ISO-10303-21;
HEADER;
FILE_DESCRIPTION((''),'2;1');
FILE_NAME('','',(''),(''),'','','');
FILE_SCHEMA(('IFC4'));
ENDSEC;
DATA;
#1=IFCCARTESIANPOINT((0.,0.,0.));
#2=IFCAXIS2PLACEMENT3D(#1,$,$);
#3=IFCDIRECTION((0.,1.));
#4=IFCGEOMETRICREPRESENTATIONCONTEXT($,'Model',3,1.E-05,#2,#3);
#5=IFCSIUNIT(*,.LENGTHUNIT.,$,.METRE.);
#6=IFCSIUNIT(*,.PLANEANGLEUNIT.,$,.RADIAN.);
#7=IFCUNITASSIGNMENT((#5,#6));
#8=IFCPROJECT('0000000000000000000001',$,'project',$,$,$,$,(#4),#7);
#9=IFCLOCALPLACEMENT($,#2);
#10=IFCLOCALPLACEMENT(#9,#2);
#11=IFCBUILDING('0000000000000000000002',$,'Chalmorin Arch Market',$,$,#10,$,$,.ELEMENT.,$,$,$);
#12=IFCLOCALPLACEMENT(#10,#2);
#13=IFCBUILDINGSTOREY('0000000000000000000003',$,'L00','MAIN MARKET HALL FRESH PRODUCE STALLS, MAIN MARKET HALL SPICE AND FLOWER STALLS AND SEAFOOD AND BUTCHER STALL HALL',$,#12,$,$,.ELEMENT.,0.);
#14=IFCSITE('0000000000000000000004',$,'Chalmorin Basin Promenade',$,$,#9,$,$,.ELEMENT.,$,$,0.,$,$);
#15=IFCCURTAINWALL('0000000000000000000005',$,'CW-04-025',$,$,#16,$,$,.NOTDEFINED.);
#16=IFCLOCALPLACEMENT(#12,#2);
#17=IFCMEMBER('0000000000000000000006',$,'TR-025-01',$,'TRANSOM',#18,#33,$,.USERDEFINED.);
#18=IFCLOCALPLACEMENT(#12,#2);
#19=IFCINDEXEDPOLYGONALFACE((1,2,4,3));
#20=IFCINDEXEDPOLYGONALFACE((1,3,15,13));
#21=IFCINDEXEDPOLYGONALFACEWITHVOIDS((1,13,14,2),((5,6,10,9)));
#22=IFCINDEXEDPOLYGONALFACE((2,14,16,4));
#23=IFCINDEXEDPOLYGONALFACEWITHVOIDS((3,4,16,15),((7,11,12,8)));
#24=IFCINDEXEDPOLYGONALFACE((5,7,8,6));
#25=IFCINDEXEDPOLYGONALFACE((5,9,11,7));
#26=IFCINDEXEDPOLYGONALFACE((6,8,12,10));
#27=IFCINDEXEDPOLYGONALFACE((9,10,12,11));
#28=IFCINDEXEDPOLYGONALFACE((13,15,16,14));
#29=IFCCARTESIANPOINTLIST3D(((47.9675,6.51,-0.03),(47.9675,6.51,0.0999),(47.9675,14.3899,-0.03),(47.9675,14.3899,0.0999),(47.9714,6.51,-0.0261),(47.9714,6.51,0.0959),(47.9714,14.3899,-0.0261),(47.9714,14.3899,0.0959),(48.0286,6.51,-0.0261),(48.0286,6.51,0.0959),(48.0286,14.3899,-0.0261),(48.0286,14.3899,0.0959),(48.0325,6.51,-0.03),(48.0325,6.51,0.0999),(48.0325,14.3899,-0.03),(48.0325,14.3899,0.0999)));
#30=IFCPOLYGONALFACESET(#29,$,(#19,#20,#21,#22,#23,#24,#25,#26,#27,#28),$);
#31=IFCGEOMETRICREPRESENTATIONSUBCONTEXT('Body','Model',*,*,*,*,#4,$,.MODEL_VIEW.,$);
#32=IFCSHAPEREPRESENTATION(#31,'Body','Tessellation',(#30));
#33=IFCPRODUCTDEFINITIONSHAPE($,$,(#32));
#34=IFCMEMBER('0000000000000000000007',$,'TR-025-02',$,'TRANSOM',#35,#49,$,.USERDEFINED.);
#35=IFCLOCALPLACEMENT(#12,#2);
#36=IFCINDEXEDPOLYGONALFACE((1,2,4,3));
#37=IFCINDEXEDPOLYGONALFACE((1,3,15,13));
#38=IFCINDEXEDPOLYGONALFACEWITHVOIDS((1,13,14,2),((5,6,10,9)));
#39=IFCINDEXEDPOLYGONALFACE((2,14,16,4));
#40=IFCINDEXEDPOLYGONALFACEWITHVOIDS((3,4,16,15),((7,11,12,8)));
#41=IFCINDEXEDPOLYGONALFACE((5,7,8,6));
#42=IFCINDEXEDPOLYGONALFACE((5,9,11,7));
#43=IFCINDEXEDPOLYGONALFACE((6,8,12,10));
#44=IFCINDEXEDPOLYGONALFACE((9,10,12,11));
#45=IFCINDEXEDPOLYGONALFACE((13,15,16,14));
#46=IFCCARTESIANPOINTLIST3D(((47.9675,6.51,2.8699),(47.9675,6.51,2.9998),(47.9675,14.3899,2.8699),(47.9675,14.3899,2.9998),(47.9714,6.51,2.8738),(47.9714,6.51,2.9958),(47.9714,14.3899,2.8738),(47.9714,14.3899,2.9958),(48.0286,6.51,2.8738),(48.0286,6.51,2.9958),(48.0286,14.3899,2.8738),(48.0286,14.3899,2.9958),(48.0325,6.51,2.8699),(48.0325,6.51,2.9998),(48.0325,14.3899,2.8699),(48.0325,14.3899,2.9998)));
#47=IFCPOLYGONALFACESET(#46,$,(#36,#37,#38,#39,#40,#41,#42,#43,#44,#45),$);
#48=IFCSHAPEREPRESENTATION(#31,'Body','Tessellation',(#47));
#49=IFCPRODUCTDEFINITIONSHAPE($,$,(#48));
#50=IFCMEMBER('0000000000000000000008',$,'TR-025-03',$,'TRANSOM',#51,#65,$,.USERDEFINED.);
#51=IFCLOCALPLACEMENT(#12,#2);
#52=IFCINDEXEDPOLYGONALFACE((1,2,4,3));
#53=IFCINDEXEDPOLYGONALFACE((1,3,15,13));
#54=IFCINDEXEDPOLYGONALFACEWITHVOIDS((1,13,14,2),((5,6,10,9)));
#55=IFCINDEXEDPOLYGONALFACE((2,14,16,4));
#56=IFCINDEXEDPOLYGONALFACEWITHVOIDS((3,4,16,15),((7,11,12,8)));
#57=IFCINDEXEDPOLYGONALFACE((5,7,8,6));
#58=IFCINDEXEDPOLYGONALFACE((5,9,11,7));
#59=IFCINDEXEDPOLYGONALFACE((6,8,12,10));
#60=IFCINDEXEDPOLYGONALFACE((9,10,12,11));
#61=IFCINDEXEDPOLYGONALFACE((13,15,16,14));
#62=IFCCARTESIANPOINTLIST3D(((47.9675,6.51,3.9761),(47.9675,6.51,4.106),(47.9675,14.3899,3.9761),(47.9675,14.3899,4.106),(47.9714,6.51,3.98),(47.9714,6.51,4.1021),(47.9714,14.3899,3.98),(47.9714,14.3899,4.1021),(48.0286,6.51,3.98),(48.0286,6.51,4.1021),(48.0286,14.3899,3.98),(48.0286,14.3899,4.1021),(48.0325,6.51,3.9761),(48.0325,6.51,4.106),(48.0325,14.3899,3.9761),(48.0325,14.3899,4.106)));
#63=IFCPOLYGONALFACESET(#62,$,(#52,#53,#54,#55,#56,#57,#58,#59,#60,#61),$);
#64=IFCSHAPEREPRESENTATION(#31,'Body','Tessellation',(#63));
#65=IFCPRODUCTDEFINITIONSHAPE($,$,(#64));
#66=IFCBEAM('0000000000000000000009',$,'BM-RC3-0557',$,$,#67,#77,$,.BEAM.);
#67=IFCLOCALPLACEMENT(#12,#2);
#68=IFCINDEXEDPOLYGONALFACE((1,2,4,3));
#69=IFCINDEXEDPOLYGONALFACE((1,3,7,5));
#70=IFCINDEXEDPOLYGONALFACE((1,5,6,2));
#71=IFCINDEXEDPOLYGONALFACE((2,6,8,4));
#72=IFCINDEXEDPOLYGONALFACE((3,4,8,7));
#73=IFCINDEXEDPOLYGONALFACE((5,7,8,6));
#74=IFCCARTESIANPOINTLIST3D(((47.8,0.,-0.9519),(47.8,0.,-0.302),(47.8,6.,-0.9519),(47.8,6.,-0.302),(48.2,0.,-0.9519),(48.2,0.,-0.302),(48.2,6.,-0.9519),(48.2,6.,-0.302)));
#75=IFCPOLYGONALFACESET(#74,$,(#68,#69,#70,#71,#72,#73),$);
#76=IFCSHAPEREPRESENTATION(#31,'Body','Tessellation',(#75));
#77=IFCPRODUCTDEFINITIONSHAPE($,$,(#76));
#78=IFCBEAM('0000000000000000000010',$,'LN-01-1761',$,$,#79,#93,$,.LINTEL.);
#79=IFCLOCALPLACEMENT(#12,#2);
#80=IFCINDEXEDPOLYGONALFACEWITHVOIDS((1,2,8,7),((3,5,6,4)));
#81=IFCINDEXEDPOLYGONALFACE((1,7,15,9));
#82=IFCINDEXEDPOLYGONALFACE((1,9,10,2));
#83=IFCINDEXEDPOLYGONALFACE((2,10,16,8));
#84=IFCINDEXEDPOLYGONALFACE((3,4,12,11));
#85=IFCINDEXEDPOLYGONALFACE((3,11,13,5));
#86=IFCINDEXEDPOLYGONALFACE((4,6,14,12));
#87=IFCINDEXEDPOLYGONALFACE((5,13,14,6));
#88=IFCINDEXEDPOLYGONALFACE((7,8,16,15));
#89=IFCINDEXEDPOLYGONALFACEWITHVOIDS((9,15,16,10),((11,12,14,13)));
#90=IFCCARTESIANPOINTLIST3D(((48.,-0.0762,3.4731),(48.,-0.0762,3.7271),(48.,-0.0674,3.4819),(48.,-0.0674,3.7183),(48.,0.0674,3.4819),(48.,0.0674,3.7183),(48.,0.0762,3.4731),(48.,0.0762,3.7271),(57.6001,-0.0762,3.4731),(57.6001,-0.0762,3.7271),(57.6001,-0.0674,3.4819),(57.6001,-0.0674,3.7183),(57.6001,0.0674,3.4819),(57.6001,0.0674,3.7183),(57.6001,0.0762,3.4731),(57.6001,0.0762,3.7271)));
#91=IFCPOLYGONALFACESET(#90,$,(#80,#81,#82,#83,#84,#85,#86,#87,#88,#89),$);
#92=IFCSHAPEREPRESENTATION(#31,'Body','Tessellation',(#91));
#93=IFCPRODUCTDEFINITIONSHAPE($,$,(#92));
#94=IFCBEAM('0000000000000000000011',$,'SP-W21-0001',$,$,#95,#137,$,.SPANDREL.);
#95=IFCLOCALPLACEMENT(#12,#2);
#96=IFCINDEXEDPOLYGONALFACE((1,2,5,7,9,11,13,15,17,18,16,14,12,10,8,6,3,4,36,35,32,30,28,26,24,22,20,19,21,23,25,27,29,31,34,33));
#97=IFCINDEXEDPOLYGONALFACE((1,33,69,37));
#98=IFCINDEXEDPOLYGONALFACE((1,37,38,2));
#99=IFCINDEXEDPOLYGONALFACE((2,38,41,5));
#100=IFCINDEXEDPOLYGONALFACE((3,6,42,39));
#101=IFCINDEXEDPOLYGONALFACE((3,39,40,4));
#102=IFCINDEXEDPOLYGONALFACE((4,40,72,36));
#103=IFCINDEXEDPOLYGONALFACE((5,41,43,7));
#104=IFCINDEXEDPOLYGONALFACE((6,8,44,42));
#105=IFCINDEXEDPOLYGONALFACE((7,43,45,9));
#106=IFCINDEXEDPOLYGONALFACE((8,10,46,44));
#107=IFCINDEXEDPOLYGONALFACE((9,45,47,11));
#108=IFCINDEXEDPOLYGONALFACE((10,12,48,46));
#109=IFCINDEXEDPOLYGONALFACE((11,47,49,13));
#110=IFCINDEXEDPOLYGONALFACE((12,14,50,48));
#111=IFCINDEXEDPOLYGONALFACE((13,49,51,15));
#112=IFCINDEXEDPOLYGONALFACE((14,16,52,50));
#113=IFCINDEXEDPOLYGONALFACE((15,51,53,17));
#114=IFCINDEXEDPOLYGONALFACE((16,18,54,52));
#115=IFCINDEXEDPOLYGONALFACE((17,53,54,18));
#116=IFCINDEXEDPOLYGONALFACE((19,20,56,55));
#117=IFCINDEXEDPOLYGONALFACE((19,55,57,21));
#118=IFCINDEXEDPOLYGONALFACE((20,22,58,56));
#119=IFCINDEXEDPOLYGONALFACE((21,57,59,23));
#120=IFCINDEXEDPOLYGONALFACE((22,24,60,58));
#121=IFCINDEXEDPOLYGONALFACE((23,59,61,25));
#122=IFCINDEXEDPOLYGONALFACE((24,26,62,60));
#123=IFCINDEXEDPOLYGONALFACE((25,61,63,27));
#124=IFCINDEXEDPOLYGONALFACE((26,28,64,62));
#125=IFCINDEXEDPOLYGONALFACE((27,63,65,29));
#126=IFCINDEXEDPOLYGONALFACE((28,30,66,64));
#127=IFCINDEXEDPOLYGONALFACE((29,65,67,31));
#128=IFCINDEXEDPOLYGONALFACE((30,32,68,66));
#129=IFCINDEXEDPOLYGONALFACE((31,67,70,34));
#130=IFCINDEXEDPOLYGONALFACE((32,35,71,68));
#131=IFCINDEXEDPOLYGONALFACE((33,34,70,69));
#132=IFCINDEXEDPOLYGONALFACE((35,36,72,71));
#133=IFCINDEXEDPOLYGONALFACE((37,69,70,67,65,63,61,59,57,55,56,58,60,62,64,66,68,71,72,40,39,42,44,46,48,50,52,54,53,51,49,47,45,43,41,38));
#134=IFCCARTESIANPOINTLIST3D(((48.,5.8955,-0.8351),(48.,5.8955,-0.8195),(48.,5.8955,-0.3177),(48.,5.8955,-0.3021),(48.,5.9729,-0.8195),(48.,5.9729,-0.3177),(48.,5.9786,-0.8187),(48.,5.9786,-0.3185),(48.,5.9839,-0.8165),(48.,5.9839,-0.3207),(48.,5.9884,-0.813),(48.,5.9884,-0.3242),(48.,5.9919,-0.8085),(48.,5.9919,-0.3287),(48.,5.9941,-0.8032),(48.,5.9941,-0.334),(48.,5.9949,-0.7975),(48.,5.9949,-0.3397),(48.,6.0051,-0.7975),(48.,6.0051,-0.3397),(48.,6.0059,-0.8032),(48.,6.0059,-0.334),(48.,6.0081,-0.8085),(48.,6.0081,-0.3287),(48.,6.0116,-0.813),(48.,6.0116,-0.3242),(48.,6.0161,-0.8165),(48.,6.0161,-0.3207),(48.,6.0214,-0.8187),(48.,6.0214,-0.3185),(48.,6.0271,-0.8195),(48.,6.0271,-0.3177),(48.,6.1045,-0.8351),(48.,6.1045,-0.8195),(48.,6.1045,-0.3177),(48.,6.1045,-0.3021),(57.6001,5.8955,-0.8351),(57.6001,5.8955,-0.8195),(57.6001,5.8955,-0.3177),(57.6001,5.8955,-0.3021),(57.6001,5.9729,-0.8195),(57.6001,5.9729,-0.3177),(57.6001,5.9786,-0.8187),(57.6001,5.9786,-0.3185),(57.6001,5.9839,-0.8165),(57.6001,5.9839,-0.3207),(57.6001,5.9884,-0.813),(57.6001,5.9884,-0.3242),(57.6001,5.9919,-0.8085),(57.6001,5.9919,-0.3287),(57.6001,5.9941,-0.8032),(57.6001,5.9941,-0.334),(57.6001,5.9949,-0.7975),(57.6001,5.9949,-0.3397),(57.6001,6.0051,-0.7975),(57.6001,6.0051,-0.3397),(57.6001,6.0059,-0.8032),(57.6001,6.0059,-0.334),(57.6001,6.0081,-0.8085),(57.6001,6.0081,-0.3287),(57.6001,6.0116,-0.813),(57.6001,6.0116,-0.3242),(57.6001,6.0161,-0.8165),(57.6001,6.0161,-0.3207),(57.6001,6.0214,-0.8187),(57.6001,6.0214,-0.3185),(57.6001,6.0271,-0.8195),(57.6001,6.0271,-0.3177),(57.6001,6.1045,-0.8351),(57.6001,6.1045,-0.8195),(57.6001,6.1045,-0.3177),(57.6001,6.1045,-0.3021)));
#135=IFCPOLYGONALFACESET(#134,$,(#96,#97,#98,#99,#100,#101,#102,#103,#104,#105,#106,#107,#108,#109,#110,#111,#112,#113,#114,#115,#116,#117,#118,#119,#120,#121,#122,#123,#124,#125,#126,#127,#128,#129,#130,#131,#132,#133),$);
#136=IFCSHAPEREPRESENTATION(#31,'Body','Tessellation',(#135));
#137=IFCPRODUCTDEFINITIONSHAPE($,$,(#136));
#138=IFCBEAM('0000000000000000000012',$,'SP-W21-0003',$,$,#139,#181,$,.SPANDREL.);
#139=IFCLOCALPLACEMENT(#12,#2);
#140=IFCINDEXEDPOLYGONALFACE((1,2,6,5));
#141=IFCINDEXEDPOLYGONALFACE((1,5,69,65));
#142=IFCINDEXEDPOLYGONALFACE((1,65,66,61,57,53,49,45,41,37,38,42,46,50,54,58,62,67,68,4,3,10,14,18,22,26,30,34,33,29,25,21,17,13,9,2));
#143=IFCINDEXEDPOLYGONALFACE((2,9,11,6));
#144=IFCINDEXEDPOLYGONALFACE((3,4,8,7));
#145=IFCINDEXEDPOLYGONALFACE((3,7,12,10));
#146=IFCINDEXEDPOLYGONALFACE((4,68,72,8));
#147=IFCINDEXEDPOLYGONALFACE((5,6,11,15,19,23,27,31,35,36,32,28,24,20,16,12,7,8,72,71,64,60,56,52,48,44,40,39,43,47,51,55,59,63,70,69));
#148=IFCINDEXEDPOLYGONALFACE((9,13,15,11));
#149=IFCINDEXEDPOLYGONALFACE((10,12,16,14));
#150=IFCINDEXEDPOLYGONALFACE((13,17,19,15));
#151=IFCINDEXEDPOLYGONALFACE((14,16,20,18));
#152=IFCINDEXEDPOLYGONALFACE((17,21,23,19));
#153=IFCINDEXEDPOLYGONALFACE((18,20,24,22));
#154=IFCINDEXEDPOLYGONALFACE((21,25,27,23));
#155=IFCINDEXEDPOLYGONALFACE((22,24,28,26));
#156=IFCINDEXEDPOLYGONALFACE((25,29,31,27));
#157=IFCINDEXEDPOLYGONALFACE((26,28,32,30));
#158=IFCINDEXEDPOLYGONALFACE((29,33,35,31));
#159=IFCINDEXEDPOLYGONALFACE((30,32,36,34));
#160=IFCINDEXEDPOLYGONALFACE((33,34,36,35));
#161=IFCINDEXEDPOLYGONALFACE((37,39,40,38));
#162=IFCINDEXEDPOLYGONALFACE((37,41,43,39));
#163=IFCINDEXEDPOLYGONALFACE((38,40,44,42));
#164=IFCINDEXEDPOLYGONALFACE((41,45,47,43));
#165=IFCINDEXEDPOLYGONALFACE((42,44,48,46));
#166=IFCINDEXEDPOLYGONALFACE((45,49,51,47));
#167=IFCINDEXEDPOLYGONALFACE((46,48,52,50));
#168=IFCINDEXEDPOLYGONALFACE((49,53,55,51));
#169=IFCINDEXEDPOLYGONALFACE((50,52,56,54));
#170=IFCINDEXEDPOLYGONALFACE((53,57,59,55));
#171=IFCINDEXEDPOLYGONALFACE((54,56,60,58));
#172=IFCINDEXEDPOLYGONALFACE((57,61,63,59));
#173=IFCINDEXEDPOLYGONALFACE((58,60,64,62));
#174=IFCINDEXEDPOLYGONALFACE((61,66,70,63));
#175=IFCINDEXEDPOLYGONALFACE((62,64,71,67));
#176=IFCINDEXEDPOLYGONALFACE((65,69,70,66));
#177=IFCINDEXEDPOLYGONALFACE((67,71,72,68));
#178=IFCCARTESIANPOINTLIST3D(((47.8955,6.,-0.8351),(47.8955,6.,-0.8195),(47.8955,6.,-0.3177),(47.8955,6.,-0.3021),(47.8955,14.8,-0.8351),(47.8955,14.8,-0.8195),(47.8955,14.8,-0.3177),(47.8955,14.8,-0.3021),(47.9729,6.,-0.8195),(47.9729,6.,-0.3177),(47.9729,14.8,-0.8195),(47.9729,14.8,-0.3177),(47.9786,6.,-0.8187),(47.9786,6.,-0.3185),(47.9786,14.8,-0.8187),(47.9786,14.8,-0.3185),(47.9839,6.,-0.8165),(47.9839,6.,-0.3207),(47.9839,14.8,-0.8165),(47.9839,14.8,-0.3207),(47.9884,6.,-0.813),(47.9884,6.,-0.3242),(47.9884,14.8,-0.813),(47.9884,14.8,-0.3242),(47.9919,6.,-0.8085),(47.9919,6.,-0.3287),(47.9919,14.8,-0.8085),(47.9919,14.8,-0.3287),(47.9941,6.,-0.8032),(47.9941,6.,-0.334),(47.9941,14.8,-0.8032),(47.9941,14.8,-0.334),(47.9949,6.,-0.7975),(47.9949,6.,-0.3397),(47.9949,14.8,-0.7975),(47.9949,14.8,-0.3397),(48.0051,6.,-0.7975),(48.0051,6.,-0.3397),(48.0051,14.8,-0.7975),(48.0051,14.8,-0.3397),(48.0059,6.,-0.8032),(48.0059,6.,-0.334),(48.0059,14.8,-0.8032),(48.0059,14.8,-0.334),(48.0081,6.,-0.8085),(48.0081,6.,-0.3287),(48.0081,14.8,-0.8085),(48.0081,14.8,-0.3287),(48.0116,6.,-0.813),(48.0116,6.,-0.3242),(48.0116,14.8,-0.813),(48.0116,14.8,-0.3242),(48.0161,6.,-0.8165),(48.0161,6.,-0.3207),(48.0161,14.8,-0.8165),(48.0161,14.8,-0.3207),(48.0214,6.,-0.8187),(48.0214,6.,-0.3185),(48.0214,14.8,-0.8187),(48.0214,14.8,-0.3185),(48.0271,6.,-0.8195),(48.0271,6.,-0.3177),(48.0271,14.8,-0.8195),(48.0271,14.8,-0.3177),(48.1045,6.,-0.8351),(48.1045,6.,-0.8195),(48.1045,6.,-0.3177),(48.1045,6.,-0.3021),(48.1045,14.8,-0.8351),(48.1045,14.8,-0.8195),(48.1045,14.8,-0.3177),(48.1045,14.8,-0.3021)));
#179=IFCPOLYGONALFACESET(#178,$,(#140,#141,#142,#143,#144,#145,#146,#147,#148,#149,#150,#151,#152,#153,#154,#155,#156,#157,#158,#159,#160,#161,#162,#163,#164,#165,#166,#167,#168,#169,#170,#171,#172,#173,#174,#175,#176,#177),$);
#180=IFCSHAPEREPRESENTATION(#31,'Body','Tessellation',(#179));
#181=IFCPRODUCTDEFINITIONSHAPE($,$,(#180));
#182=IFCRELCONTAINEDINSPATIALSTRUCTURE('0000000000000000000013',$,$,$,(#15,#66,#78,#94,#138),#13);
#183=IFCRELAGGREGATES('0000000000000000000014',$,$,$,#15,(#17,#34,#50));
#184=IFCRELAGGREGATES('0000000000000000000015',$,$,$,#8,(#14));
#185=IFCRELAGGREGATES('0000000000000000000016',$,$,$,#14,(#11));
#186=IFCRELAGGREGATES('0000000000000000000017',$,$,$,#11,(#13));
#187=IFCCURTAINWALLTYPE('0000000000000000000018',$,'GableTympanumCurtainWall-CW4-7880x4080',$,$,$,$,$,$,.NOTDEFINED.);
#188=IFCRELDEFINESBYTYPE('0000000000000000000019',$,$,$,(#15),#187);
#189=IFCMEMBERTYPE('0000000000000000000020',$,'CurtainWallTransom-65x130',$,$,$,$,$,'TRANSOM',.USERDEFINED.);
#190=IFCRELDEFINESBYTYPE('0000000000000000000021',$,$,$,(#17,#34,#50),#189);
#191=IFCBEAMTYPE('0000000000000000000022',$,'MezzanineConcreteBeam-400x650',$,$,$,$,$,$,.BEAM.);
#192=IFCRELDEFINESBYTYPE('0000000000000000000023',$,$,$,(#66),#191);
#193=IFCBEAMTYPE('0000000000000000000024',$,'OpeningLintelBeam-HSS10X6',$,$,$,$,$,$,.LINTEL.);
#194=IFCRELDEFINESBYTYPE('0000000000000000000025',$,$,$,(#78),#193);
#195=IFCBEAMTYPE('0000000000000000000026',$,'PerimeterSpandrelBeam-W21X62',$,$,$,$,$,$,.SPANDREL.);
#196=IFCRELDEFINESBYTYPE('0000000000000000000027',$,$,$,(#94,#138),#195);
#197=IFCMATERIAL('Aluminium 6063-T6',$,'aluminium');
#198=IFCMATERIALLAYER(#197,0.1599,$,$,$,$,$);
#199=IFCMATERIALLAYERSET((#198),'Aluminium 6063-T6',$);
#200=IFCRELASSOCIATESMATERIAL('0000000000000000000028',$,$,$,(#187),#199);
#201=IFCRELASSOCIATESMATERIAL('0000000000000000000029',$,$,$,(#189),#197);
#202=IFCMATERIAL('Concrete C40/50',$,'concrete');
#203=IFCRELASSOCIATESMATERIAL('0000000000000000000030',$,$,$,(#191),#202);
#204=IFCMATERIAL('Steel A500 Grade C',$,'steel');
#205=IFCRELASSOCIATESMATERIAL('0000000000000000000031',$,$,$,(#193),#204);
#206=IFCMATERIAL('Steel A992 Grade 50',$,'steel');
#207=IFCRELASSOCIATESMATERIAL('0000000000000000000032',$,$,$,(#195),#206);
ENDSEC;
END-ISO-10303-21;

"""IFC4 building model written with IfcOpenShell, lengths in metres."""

from ifc_helpers import new_model, si_unit, direction, frame, origin, origin_2d, place, context, subcontext, project, spatial, rectangle, hollow_rectangle, i_section, extrude, material, layer, layer_set, material_profile, profile_set, type_object, element, aggregate, save


model = new_model("IFC4")

# Units and contexts
model_context = context("Model", 3, precision=1e-05, world=origin(), true_north=direction((0.0, 1.0)))
body_context = subcontext(model_context, "Body", "Model", "MODEL_VIEW")
ifc_project = project(units=[si_unit("LENGTHUNIT", "METRE"), si_unit("PLANEANGLEUNIT", "RADIAN")], contexts=[model_context])

# Site, building, storey
site_placement = place(None, origin())
site = spatial("IfcSite", under=ifc_project, at=site_placement, Name="Chalmorin Basin Promenade", CompositionType="ELEMENT", RefElevation=0.0)
building_placement = place(site_placement, origin())
building = spatial("IfcBuilding", under=site, at=building_placement, Name="Chalmorin Arch Market", CompositionType="ELEMENT")
storey_placement = place(building_placement, origin())
storey = spatial("IfcBuildingStorey", under=building, at=storey_placement, Name="L00", Description="MAIN MARKET HALL FRESH PRODUCE STALLS, MAIN MARKET HALL SPICE AND FLOWER STALLS AND SEAFOOD AND BUTCHER STALL HALL", CompositionType="ELEMENT", Elevation=0.0)

# Shared definitions
ifc_material_1 = material(Name="Concrete C40/50", Category="concrete")

# Shared definitions
ifc_material_2 = material(Name="Steel A500 Grade C", Category="steel")

# Curtain wall, members
ifc_material_3 = material(Name="Aluminium 6063-T6", Category="aluminium")
ifc_layer_1 = layer(ifc_material_3, 0.1599)
ifc_layer_set_1 = layer_set([ifc_layer_1], Name="Aluminium 6063-T6")
curtain_wall_type = type_object("IfcCurtainWallType", Name="GableTympanumCurtainWall-CW4-7880x4080", PredefinedType="NOTDEFINED", material=ifc_layer_set_1)
curtain_wall_placement = place(storey_placement, origin())
curtain_wall = element("IfcCurtainWall", 1, at=curtain_wall_placement, inside=storey, type_object=curtain_wall_type, Name="CW-04-025", PredefinedType="NOTDEFINED")
ifc_material_profile_1 = material_profile(ifc_material_3, hollow_rectangle(XDim=0.0649, YDim=0.1299, WallThickness=0.0039, at=origin_2d()), Name="ALU65X130X4")
ifc_profile_set_1 = profile_set([ifc_material_profile_1], Name="Aluminium 6063-T6")
member_type_1 = type_object("IfcMemberType", Name="CurtainWallTransom-65x130", ElementType="TRANSOM", PredefinedType="USERDEFINED", material=ifc_profile_set_1)
member_1_placement = place(storey_placement, frame((48.0, 6.51, 0.0349), z_axis=(0.0, 1.0, 0.0), x_axis=(-1.0, 0.0, 0.0)))
member_1 = element("IfcMember", 2, at=member_1_placement, type_object=member_type_1, Name="TR-025-01", ObjectType="TRANSOM", PredefinedType="USERDEFINED", context=body_context, shape_type="SweptSolid", body=[
    extrude(hollow_rectangle(XDim=0.0649, YDim=0.1299, WallThickness=0.0039, at=origin_2d()), origin(), (0.0, 0.0, 1.0), 7.8799),
])
member_2_placement = place(storey_placement, frame((48.0, 6.51, 2.9348), z_axis=(0.0, 1.0, 0.0), x_axis=(-1.0, 0.0, 0.0)))
member_2 = element("IfcMember", 3, at=member_2_placement, type_object=member_type_1, Name="TR-025-02", ObjectType="TRANSOM", PredefinedType="USERDEFINED", context=body_context, shape_type="SweptSolid", body=[
    extrude(hollow_rectangle(XDim=0.0649, YDim=0.1299, WallThickness=0.0039, at=origin_2d()), origin(), (0.0, 0.0, 1.0), 7.8799),
])
member_3_placement = place(storey_placement, frame((48.0, 6.51, 4.041), z_axis=(0.0, 1.0, 0.0), x_axis=(-1.0, 0.0, 0.0)))
member_3 = element("IfcMember", 4, at=member_3_placement, type_object=member_type_1, Name="TR-025-03", ObjectType="TRANSOM", PredefinedType="USERDEFINED", context=body_context, shape_type="SweptSolid", body=[
    extrude(hollow_rectangle(XDim=0.0649, YDim=0.1299, WallThickness=0.0039, at=origin_2d()), origin(), (0.0, 0.0, 1.0), 7.8799),
])

# Beams
ifc_material_profile_2 = material_profile(ifc_material_1, rectangle(XDim=0.3999, YDim=0.6499, at=origin_2d()), Name="RC400X650")
ifc_profile_set_2 = profile_set([ifc_material_profile_2], Name="Concrete C40/50")
beam_type_1 = type_object("IfcBeamType", Name="MezzanineConcreteBeam-400x650", PredefinedType="BEAM", material=ifc_profile_set_2)
beam_1_placement = place(storey_placement, frame((48.0, 0.0, -0.627), z_axis=(0.0, 1.0, 0.0), x_axis=(-1.0, 0.0, 0.0)))
element("IfcBeam", 5, at=beam_1_placement, inside=storey, type_object=beam_type_1, Name="BM-RC3-0557", PredefinedType="BEAM", context=body_context, shape_type="SweptSolid", body=[
    extrude(rectangle(XDim=0.3999, YDim=0.6499, at=origin_2d()), origin(), (0.0, 0.0, 1.0), 6.0),
])
ifc_material_profile_3 = material_profile(ifc_material_2, hollow_rectangle(XDim=0.1523, YDim=0.2539, WallThickness=0.0088, at=origin_2d()), Name="HSS10X6X3/8")
ifc_profile_set_3 = profile_set([ifc_material_profile_3], Name="Steel A500 Grade C")
beam_type_2 = type_object("IfcBeamType", Name="OpeningLintelBeam-HSS10X6", PredefinedType="LINTEL", material=ifc_profile_set_3)
beam_2_placement = place(storey_placement, frame((48.0, 0.0, 3.6001), z_axis=(1.0, 0.0, 0.0), x_axis=(0.0, 1.0, 0.0)))
element("IfcBeam", 6, at=beam_2_placement, inside=storey, type_object=beam_type_2, Name="LN-01-1761", PredefinedType="LINTEL", context=body_context, shape_type="SweptSolid", body=[
    extrude(hollow_rectangle(XDim=0.1523, YDim=0.2539, WallThickness=0.0088, at=origin_2d()), origin(), (0.0, 0.0, 1.0), 9.6001),
])
ifc_material_4 = material(Name="Steel A992 Grade 50", Category="steel")
ifc_material_profile_4 = material_profile(ifc_material_4, i_section(OverallWidth=0.209, OverallDepth=0.533, WebThickness=0.0103, FlangeThickness=0.0156, FilletRadius=0.022, at=origin_2d()), Name="W21X62")
ifc_profile_set_4 = profile_set([ifc_material_profile_4], Name="Steel A992 Grade 50")
beam_type_3 = type_object("IfcBeamType", Name="PerimeterSpandrelBeam-W21X62", PredefinedType="SPANDREL", material=ifc_profile_set_4)
beam_3_placement = place(storey_placement, frame((48.0, 6.0, -0.5686), z_axis=(1.0, 0.0, 0.0), x_axis=(0.0, 1.0, 0.0)))
element("IfcBeam", 7, at=beam_3_placement, inside=storey, type_object=beam_type_3, Name="SP-W21-0001", PredefinedType="SPANDREL", context=body_context, shape_type="SweptSolid", body=[
    extrude(i_section(OverallWidth=0.209, OverallDepth=0.533, WebThickness=0.0103, FlangeThickness=0.0156, FilletRadius=0.022, at=origin_2d()), origin(), (0.0, 0.0, 1.0), 9.6001),
])
beam_4_placement = place(storey_placement, frame((48.0, 6.0, -0.5686), z_axis=(0.0, 1.0, 0.0), x_axis=(-1.0, 0.0, 0.0)))
element("IfcBeam", 8, at=beam_4_placement, inside=storey, type_object=beam_type_3, Name="SP-W21-0003", PredefinedType="SPANDREL", context=body_context, shape_type="SweptSolid", body=[
    extrude(i_section(OverallWidth=0.209, OverallDepth=0.533, WebThickness=0.0103, FlangeThickness=0.0156, FilletRadius=0.022, at=origin_2d()), origin(), (0.0, 0.0, 1.0), 8.8),
])

aggregate(curtain_wall, [member_1, member_2, member_3])

save(model, "model.ifc")
